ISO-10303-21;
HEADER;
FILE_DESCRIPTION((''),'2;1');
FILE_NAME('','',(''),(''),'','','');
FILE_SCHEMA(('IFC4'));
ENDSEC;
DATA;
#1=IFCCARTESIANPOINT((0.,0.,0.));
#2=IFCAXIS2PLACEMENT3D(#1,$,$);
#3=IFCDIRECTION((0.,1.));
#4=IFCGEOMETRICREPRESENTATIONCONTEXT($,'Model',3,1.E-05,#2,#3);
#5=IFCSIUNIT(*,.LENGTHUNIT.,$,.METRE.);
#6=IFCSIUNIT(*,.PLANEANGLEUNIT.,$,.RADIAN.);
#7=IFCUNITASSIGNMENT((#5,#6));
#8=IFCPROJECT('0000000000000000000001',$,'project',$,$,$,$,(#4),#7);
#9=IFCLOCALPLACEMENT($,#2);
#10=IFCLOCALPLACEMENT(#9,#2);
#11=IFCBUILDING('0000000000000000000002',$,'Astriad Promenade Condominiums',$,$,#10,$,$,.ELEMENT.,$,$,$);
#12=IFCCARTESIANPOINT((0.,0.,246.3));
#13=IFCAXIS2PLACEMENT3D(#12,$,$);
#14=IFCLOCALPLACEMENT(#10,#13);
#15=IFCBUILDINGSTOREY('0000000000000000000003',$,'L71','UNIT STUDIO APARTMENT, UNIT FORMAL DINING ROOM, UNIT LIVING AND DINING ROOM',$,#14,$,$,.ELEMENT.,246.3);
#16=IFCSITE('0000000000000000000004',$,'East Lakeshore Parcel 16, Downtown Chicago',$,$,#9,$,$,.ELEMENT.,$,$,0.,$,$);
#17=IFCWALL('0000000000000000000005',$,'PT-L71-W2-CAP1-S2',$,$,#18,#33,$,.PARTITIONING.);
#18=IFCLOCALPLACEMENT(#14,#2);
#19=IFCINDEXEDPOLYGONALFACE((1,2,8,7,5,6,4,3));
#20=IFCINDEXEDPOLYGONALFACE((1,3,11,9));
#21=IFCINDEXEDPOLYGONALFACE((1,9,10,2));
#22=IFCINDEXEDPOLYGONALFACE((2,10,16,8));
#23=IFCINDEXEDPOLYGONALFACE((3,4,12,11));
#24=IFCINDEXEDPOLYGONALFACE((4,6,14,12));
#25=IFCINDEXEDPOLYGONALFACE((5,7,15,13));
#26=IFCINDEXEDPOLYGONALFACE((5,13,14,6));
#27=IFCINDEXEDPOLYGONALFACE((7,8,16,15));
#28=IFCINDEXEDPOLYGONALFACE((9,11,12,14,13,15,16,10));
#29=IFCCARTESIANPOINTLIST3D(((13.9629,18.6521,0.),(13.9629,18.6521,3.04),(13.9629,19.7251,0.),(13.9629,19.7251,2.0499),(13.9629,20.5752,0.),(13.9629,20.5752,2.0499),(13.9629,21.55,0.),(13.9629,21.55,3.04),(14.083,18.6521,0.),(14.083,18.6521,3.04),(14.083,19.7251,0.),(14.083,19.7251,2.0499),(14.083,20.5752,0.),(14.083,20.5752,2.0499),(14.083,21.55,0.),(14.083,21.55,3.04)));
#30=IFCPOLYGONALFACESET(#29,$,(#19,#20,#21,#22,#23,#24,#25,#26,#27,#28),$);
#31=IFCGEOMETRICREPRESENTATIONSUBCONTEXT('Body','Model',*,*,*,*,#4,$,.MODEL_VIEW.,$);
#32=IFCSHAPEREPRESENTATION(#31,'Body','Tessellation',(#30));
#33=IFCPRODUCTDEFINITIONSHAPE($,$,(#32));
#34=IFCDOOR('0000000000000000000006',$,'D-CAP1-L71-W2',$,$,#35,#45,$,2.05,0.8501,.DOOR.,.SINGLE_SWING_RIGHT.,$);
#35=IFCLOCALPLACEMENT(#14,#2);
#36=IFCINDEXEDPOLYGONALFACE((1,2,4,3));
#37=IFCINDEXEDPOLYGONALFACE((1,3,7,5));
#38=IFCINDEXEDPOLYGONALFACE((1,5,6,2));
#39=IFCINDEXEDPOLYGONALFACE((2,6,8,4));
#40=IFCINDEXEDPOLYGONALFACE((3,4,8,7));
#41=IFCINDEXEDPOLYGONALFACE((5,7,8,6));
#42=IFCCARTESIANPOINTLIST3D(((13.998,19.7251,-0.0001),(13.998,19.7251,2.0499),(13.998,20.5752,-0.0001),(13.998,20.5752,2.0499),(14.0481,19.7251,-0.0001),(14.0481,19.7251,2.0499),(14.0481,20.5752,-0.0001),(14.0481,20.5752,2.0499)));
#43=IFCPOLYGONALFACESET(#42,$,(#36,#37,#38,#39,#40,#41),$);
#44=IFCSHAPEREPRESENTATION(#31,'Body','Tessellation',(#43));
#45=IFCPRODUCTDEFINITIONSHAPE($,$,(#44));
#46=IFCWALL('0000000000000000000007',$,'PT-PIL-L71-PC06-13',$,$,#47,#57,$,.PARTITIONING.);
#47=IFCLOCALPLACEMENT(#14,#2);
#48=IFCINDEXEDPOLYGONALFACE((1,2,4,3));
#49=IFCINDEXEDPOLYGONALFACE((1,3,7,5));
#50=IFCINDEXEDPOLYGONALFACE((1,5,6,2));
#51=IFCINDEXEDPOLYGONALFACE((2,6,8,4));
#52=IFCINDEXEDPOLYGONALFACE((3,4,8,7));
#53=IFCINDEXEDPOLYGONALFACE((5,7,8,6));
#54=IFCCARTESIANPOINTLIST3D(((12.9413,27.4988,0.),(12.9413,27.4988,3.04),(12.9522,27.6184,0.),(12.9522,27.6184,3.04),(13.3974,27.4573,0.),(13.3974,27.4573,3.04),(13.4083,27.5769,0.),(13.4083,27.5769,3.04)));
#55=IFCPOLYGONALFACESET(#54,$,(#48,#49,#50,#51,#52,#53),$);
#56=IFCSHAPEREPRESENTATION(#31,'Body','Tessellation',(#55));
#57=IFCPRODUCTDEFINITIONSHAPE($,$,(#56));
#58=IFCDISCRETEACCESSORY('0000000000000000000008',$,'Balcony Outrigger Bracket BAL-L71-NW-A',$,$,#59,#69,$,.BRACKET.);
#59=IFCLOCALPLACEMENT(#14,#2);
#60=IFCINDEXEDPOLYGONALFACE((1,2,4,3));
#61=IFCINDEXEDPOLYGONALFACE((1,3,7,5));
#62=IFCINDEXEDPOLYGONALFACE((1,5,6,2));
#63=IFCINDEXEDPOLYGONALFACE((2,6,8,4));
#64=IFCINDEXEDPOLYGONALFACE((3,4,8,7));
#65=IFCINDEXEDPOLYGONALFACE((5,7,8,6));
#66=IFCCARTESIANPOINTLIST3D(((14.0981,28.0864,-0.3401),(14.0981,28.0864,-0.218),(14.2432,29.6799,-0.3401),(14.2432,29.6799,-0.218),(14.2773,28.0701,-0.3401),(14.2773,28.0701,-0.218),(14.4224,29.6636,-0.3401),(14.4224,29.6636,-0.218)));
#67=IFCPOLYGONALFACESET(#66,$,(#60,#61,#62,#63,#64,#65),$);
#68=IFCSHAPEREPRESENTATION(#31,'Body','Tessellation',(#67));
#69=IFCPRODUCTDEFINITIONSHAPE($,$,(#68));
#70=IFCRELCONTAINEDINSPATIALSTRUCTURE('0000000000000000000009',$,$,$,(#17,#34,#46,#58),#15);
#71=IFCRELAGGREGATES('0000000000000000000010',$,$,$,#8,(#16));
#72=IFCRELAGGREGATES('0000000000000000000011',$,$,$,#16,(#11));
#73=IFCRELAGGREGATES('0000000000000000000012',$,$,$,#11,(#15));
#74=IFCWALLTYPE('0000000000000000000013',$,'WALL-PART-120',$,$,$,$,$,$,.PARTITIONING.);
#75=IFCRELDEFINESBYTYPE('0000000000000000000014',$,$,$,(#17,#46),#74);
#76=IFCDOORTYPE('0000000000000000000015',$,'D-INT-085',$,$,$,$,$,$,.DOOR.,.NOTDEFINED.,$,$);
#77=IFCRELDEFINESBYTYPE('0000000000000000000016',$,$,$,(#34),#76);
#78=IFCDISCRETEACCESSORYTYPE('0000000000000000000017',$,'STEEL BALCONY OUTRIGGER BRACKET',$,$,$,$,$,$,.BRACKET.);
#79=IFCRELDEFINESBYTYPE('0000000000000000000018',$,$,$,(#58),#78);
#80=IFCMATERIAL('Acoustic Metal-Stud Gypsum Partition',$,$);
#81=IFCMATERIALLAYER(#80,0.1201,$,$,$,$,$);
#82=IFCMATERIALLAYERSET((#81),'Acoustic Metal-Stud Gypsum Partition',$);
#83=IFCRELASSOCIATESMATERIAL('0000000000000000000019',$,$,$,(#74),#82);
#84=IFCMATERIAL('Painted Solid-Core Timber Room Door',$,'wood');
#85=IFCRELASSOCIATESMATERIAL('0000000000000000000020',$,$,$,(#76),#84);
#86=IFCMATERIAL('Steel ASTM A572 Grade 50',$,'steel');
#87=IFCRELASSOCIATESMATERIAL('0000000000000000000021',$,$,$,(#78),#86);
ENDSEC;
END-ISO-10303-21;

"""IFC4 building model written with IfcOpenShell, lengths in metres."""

from ifc_helpers import new_model, si_unit, direction, frame, frame_2d, origin, origin_2d, place, context, subcontext, project, spatial, rectangle, extrude, source, transform, mapped, material, layer, layer_set, type_object, type_shapes, element, fill, save


model = new_model("IFC4")

# Units and contexts
model_context = context("Model", 3, precision=1e-05, world=origin(), true_north=direction((0.0, 1.0)))
body_context = subcontext(model_context, "Body", "Model", "MODEL_VIEW")
ifc_project = project(units=[si_unit("LENGTHUNIT", "METRE"), si_unit("PLANEANGLEUNIT", "RADIAN")], contexts=[model_context])

# Site, building, storey
site_placement = place(None, origin())
site = spatial("IfcSite", under=ifc_project, at=site_placement, Name="East Lakeshore Parcel 16, Downtown Chicago", CompositionType="ELEMENT", RefElevation=0.0)
building_placement = place(site_placement, origin())
building = spatial("IfcBuilding", under=site, at=building_placement, Name="Astriad Promenade Condominiums", CompositionType="ELEMENT")
storey_placement = place(building_placement, frame((0.0, 0.0, 246.3)))
storey = spatial("IfcBuildingStorey", under=building, at=storey_placement, Name="L71", Description="UNIT STUDIO APARTMENT, UNIT FORMAL DINING ROOM, UNIT LIVING AND DINING ROOM", CompositionType="ELEMENT", Elevation=246.3)

# Shared definitions
ifc_material_1 = material(Name="Acoustic Metal-Stud Gypsum Partition")
ifc_layer_1 = layer(ifc_material_1, 0.1201)
ifc_layer_set_1 = layer_set([ifc_layer_1], Name="Acoustic Metal-Stud Gypsum Partition")
wall_type_1 = type_object("IfcWallType", Name="WALL-PART-120", PredefinedType="PARTITIONING", material=ifc_layer_set_1)
ifc_material_2 = material(Name="Painted Solid-Core Timber Room Door", Category="wood")
door_type_1 = type_object("IfcDoorType", Name="D-INT-085", OperationType="NOTDEFINED", PredefinedType="DOOR", material=ifc_material_2)
shared_shape_1 = source(origin(), body_context, "Body", "SweptSolid", [
    extrude(rectangle(XDim=0.8501, YDim=2.05, at=frame_2d((0.425, 1.0249))), frame((0.0, 0.0249, 0.0), z_axis=(0.0, -1.0, 0.0), x_axis=(1.0, 0.0, 0.0)), (0.0, 0.0, 1.0), 0.05),
])
type_shapes(door_type_1, [shared_shape_1])

# Wall, opening, door
wall_1_placement = place(storey_placement, frame((14.0229, 18.6521, 0.0), z_axis=(0.0, 0.0, 1.0), x_axis=(0.0, 1.0, 0.0)))
wall_1 = element("IfcWall", 1, at=wall_1_placement, inside=storey, type_object=wall_type_1, Name="PT-L71-W2-CAP1-S2", PredefinedType="PARTITIONING", context=body_context, shape_type="SweptSolid", body=[
    extrude(rectangle(XDim=2.8979, YDim=0.1201, at=frame_2d((1.449, 0.0))), origin(), (0.0, 0.0, 1.0), 3.04),
])
opening_1_placement = place(wall_1_placement, frame((1.073, 0.0, 0.0)))
opening_1 = element("IfcOpeningElement", 2, at=opening_1_placement, cuts=wall_1, PredefinedType="OPENING", context=body_context, shape_type="SweptSolid", body=[
    extrude(rectangle(XDim=0.8501, YDim=2.05, at=frame_2d((0.425, 1.0249))), frame((0.0, 0.0701, 0.0), z_axis=(0.0, -1.0, 0.0), x_axis=(1.0, 0.0, 0.0)), (0.0, 0.0, 1.0), 0.1401),
])
door_1_placement = place(opening_1_placement, origin())
door_1 = element("IfcDoor", 3, at=door_1_placement, inside=storey, type_object=door_type_1, Name="D-CAP1-L71-W2", OperationType="SINGLE_SWING_RIGHT", OverallHeight=2.05, OverallWidth=0.8501, PredefinedType="DOOR", context=body_context, shape_type="MappedRepresentation", body=[
    mapped(shared_shape_1, transform((0.0, 0.0, 0.0), scale=1.0)),
])
fill(opening_1, door_1)

# Wall
wall_2_placement = place(storey_placement, frame((13.4028, 27.5171, 0.0), z_axis=(0.0, 0.0, 1.0), x_axis=(-0.995884, 0.090632, 0.0)))
element("IfcWall", 4, at=wall_2_placement, inside=storey, type_object=wall_type_1, Name="PT-PIL-L71-PC06-13", PredefinedType="PARTITIONING", context=body_context, shape_type="SweptSolid", body=[
    extrude(rectangle(XDim=0.458, YDim=0.1201, at=frame_2d((0.229, 0.0))), origin(), (0.0, 0.0, 1.0), 3.04),
])

# Discrete accessory
ifc_material_3 = material(Name="Steel ASTM A572 Grade 50", Category="steel")
discrete_accessory_type = type_object("IfcDiscreteAccessoryType", Name="STEEL BALCONY OUTRIGGER BRACKET", PredefinedType="BRACKET", material=ifc_material_3)
shared_shape_2 = source(origin(), body_context, "Body", "SweptSolid", [
    extrude(rectangle(XDim=1.6001, YDim=0.1799, at=origin_2d()), origin(), (0.0, 0.0, 1.0), 0.1221),
])
type_shapes(discrete_accessory_type, [shared_shape_2])
discrete_accessory_placement = place(storey_placement, frame((14.2603, 28.875, -0.3401), z_axis=(0.0, 0.0, 1.0), x_axis=(0.090633, 0.995884, 0.0)))
element("IfcDiscreteAccessory", 5, at=discrete_accessory_placement, inside=storey, type_object=discrete_accessory_type, Name="Balcony Outrigger Bracket BAL-L71-NW-A", PredefinedType="BRACKET", context=body_context, shape_type="MappedRepresentation", body=[
    mapped(shared_shape_2, transform((0.0, 0.0, 0.0), scale=1.0)),
])

save(model, "model.ifc")
